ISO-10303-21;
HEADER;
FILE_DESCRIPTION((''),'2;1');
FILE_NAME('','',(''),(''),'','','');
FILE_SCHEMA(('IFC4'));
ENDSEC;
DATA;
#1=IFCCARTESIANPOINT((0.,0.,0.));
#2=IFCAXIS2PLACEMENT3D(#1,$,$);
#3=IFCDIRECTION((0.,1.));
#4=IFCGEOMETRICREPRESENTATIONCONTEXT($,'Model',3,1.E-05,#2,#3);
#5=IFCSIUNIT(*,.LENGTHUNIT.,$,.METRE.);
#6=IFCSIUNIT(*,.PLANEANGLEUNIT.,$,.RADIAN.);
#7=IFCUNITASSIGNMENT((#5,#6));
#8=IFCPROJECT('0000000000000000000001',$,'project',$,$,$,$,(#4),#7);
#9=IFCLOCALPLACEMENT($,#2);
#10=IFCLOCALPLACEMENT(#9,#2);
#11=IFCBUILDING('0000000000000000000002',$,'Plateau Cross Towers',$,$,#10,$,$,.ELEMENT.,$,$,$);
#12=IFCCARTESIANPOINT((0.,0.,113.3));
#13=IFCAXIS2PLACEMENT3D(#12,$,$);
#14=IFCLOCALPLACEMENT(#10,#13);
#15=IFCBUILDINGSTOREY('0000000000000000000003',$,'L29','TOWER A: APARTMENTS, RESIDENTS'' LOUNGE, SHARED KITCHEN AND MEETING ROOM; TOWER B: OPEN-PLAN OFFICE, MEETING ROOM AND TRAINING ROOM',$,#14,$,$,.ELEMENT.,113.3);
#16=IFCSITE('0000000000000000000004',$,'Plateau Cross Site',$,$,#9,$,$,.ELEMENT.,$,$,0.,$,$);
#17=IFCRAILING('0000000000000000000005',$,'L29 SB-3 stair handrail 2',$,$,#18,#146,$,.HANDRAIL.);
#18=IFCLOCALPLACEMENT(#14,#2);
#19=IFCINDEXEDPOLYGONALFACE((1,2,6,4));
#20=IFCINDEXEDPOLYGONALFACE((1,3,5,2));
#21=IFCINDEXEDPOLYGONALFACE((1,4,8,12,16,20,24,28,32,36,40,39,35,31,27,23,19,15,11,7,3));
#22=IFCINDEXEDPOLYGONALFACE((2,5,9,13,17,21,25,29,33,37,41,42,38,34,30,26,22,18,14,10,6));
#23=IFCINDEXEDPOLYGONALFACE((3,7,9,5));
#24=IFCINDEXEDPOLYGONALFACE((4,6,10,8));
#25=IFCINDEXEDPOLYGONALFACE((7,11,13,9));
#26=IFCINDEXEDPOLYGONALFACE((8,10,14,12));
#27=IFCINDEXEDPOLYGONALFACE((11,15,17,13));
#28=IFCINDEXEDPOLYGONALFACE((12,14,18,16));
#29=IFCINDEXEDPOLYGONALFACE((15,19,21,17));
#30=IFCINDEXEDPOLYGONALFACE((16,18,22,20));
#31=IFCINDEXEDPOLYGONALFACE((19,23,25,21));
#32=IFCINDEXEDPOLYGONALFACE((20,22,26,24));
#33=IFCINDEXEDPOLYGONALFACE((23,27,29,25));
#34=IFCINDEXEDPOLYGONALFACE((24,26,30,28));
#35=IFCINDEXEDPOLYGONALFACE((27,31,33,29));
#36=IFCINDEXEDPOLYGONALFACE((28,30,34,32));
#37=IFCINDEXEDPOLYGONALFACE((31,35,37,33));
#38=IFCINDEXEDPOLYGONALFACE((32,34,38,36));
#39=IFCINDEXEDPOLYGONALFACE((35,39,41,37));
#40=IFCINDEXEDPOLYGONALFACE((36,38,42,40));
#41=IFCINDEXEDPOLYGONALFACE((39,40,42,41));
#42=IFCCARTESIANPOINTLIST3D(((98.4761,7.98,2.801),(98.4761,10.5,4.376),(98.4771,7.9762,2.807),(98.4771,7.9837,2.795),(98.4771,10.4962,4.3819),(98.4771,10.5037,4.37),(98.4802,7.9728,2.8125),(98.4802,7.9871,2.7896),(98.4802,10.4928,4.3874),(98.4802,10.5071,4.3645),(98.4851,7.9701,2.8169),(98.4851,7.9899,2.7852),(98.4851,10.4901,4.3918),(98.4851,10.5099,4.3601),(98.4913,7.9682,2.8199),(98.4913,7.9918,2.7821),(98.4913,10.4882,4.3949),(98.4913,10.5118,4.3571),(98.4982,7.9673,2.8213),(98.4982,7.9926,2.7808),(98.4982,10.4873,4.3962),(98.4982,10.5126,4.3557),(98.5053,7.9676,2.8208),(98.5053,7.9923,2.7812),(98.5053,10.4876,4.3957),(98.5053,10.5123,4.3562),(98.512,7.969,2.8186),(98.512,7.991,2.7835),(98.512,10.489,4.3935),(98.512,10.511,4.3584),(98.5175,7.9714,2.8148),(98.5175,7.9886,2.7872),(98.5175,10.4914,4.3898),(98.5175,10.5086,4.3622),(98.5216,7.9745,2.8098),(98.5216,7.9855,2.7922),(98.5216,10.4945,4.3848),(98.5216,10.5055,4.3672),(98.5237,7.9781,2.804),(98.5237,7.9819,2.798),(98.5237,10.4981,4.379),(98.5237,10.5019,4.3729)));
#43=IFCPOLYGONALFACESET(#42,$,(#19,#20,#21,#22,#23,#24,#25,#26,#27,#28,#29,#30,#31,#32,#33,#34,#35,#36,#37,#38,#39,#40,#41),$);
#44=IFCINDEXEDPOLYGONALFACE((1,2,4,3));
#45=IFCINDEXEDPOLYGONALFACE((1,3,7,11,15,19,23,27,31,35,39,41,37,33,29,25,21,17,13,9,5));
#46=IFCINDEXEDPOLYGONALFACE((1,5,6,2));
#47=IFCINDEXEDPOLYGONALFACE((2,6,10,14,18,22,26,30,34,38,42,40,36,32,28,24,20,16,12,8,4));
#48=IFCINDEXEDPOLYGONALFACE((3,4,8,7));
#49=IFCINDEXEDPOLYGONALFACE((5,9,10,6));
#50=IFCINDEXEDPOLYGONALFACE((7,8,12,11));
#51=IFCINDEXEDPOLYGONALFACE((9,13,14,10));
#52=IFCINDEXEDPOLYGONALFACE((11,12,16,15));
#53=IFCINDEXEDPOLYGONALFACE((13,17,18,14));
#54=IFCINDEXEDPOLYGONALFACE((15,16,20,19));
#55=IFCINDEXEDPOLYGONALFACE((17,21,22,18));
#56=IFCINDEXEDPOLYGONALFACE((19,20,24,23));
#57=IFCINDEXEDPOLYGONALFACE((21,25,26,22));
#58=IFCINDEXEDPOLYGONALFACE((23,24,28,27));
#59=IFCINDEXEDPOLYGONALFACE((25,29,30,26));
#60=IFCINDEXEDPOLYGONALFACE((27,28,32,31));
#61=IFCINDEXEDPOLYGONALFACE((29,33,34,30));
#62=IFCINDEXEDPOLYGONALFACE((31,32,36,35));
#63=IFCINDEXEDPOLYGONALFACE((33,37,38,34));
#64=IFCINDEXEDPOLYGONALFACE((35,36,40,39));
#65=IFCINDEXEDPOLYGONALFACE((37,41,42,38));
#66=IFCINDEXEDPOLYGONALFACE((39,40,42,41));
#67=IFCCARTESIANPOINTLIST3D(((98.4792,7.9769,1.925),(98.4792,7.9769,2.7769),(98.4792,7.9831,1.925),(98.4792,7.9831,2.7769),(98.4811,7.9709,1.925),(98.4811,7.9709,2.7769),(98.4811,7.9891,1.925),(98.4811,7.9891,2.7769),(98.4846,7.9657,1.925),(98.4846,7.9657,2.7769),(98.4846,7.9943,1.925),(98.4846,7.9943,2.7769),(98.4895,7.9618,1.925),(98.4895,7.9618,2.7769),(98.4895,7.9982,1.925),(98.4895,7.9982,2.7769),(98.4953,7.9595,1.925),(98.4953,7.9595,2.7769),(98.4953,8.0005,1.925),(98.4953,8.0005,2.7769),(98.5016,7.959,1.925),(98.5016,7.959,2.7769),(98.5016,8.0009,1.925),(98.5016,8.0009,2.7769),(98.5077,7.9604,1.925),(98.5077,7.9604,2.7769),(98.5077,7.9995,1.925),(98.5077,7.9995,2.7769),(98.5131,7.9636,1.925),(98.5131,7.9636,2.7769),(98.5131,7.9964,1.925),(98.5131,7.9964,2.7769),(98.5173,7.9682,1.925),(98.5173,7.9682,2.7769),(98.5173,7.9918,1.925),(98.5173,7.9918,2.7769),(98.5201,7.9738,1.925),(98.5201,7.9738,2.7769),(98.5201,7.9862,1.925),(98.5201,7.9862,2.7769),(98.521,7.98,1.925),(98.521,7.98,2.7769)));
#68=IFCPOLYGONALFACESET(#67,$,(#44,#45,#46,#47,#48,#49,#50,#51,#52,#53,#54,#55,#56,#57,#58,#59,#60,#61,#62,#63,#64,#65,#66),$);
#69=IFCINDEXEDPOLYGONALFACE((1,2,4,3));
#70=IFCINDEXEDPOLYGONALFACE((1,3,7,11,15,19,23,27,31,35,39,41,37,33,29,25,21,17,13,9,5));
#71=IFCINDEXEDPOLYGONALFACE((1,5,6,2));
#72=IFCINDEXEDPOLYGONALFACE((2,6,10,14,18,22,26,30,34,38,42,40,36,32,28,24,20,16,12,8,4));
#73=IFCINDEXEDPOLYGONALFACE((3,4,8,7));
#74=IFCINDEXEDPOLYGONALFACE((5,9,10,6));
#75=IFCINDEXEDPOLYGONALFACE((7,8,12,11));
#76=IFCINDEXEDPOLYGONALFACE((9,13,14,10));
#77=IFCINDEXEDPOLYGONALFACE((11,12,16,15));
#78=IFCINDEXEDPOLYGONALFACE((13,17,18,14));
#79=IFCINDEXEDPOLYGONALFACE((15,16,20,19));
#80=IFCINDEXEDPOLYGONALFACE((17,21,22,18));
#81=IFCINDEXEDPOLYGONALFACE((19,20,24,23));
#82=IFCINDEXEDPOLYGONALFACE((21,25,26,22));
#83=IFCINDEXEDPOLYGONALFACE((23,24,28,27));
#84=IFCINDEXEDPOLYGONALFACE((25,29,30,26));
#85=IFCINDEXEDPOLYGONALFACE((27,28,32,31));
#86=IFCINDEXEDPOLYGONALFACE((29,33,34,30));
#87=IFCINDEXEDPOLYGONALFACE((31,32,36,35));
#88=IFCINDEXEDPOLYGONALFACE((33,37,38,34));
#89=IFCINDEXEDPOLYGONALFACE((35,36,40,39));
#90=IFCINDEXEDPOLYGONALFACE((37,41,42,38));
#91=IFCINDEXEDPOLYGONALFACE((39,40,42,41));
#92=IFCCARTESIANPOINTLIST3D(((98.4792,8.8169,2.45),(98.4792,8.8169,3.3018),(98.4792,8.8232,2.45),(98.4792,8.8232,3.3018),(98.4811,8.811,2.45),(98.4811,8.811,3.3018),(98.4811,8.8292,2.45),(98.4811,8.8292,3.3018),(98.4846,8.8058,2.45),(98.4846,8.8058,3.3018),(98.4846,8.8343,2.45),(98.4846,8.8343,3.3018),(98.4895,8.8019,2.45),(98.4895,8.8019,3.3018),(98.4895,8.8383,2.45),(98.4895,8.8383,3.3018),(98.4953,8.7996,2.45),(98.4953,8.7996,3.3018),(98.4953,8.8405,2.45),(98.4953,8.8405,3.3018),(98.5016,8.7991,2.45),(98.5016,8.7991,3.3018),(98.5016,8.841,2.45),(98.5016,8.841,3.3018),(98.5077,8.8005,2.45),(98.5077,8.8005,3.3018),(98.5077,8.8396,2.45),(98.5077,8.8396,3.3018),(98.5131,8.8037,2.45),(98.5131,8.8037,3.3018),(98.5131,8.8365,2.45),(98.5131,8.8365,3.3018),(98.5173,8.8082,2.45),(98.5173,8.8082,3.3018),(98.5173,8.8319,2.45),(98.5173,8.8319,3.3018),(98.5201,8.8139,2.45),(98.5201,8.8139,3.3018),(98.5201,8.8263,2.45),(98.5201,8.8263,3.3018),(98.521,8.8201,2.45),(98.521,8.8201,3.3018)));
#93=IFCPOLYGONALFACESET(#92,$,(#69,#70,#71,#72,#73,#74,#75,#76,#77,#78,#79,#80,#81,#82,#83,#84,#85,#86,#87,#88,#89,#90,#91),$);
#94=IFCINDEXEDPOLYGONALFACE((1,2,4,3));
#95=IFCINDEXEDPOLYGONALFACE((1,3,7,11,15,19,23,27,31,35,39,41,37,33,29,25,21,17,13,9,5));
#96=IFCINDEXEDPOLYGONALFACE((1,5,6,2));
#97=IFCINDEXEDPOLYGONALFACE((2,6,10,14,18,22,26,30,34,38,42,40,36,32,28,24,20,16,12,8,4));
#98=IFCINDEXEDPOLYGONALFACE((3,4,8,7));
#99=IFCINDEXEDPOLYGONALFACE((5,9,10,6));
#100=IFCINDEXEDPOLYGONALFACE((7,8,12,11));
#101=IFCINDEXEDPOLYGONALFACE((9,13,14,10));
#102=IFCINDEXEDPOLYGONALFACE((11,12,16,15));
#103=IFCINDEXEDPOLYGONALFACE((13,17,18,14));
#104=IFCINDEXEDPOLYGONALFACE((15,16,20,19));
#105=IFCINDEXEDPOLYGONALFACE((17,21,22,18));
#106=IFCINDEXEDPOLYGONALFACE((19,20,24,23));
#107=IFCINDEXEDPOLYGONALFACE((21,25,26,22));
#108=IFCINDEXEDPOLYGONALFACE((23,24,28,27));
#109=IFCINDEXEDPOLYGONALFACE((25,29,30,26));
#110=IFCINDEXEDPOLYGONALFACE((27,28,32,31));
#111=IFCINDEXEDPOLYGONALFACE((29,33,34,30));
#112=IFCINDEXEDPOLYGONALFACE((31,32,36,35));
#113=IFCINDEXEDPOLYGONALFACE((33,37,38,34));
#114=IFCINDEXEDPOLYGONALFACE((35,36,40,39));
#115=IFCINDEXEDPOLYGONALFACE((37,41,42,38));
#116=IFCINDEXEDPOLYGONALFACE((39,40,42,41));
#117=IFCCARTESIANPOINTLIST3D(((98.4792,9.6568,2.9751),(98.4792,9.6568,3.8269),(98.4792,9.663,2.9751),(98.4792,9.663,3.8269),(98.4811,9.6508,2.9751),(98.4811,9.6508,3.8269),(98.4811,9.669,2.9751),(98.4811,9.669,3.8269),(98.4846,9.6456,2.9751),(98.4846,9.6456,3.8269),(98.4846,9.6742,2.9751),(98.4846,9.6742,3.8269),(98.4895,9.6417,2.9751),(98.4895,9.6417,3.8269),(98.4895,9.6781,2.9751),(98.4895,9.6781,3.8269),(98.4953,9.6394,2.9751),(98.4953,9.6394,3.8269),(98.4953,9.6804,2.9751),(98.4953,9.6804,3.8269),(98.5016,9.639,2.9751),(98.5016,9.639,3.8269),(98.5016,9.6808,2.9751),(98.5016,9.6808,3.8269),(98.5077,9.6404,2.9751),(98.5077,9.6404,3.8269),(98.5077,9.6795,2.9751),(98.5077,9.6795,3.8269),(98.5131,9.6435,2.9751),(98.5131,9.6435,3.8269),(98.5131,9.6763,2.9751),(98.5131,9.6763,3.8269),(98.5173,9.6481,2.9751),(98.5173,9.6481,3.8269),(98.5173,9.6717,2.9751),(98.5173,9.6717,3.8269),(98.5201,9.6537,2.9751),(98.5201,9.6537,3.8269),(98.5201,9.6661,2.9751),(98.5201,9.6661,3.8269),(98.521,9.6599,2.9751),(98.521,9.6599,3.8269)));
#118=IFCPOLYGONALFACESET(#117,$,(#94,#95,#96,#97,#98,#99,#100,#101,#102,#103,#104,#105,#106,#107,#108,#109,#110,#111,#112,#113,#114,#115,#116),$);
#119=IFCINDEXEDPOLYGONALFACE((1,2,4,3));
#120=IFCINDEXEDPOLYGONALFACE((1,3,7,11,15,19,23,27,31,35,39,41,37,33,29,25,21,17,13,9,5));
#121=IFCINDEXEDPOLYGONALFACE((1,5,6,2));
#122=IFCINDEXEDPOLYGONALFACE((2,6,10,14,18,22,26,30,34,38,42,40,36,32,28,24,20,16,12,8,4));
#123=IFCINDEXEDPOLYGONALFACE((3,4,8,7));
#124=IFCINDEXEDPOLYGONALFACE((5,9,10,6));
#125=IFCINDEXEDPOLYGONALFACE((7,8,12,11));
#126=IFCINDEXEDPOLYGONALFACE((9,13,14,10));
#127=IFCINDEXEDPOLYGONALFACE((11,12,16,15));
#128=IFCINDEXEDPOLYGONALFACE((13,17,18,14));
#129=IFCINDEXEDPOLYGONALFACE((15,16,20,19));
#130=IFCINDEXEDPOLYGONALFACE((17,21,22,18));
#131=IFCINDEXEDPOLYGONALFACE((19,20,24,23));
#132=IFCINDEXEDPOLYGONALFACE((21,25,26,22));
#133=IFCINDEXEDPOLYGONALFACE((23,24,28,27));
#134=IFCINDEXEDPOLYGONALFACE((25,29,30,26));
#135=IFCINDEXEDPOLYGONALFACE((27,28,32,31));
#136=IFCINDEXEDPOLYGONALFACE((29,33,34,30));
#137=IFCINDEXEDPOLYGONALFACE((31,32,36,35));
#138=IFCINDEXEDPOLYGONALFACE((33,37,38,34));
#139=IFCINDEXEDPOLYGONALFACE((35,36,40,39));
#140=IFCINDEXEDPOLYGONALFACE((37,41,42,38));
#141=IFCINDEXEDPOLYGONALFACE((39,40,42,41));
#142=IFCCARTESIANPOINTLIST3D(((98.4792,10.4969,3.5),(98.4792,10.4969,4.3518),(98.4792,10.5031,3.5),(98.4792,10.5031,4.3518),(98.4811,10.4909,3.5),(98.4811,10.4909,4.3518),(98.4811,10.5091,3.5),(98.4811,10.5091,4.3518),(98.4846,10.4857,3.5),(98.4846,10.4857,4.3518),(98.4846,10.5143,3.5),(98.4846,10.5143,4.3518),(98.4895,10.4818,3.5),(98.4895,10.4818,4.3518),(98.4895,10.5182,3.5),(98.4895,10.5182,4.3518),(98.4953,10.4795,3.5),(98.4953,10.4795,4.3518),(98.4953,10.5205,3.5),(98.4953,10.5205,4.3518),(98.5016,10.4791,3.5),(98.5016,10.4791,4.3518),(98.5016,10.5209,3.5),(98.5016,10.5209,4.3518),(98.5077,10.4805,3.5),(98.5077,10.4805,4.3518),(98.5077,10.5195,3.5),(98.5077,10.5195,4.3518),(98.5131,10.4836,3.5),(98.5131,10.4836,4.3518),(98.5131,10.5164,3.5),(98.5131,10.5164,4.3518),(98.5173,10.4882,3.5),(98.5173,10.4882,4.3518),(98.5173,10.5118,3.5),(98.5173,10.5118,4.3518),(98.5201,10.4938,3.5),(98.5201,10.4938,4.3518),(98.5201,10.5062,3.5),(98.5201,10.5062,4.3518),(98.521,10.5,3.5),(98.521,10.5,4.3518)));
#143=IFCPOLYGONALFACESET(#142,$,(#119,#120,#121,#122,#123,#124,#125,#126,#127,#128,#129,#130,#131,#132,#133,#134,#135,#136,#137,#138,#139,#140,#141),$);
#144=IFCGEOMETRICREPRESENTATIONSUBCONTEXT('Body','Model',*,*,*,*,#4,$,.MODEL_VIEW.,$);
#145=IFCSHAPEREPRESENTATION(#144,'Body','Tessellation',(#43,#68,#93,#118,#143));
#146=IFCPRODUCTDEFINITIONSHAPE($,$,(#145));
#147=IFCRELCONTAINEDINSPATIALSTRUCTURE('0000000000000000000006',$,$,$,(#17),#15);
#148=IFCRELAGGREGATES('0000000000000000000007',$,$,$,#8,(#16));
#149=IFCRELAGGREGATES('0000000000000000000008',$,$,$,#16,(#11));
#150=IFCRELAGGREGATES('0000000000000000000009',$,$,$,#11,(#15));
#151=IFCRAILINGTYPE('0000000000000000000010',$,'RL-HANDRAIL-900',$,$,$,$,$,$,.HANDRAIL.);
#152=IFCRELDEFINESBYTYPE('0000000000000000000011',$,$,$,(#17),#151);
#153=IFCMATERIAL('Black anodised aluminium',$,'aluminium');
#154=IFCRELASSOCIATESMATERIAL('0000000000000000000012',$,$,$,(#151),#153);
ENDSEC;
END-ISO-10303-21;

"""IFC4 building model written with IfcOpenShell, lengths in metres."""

from ifc_helpers import new_model, si_unit, direction, frame, origin, origin_2d, place, context, subcontext, project, spatial, circle, extrude, material, type_object, element, save


model = new_model("IFC4")

# Units and contexts
model_context = context("Model", 3, precision=1e-05, world=origin(), true_north=direction((0.0, 1.0)))
body_context = subcontext(model_context, "Body", "Model", "MODEL_VIEW")
ifc_project = project(units=[si_unit("LENGTHUNIT", "METRE"), si_unit("PLANEANGLEUNIT", "RADIAN")], contexts=[model_context])

# Site, building, storey
site_placement = place(None, origin())
site = spatial("IfcSite", under=ifc_project, at=site_placement, Name="Plateau Cross Site", CompositionType="ELEMENT", RefElevation=0.0)
building_placement = place(site_placement, origin())
building = spatial("IfcBuilding", under=site, at=building_placement, Name="Plateau Cross Towers", CompositionType="ELEMENT")
storey_placement = place(building_placement, frame((0.0, 0.0, 113.3)))
storey = spatial("IfcBuildingStorey", under=building, at=storey_placement, Name="L29", Description="TOWER A: APARTMENTS, RESIDENTS' LOUNGE, SHARED KITCHEN AND MEETING ROOM; TOWER B: OPEN-PLAN OFFICE, MEETING ROOM AND TRAINING ROOM", CompositionType="ELEMENT", Elevation=113.3)

# Shared definitions
ifc_material_1 = material(Name="Black anodised aluminium", Category="aluminium")

# Railing
railing_type_1 = type_object("IfcRailingType", Name="RL-HANDRAIL-900", PredefinedType="HANDRAIL", material=ifc_material_1)
railing_1_placement = place(storey_placement, frame((98.5, 7.98, 1.925)))
element("IfcRailing", 1, at=railing_1_placement, inside=storey, type_object=railing_type_1, Name="L29 SB-3 stair handrail 2", PredefinedType="HANDRAIL", context=body_context, shape_type="SweptSolid", body=[
    extrude(circle(Radius=0.0239, at=origin_2d()), frame((0.0, 0.0, 0.876), z_axis=(0.0, 0.848008, 0.529984), x_axis=(-1.0, 0.0, 0.0)), (0.0, 0.0, 1.0), 2.9717),
    extrude(circle(Radius=0.021, at=origin_2d()), origin(), (0.0, 0.0, 1.0), 0.8518),
    extrude(circle(Radius=0.021, at=origin_2d()), frame((0.0, 0.8401, 0.5249)), (0.0, 0.0, 1.0), 0.8518),
    extrude(circle(Radius=0.021, at=origin_2d()), frame((0.0, 1.6799, 1.05)), (0.0, 0.0, 1.0), 0.8518),
    extrude(circle(Radius=0.021, at=origin_2d()), frame((0.0, 2.52, 1.575)), (0.0, 0.0, 1.0), 0.8518),
])

save(model, "model.ifc")
